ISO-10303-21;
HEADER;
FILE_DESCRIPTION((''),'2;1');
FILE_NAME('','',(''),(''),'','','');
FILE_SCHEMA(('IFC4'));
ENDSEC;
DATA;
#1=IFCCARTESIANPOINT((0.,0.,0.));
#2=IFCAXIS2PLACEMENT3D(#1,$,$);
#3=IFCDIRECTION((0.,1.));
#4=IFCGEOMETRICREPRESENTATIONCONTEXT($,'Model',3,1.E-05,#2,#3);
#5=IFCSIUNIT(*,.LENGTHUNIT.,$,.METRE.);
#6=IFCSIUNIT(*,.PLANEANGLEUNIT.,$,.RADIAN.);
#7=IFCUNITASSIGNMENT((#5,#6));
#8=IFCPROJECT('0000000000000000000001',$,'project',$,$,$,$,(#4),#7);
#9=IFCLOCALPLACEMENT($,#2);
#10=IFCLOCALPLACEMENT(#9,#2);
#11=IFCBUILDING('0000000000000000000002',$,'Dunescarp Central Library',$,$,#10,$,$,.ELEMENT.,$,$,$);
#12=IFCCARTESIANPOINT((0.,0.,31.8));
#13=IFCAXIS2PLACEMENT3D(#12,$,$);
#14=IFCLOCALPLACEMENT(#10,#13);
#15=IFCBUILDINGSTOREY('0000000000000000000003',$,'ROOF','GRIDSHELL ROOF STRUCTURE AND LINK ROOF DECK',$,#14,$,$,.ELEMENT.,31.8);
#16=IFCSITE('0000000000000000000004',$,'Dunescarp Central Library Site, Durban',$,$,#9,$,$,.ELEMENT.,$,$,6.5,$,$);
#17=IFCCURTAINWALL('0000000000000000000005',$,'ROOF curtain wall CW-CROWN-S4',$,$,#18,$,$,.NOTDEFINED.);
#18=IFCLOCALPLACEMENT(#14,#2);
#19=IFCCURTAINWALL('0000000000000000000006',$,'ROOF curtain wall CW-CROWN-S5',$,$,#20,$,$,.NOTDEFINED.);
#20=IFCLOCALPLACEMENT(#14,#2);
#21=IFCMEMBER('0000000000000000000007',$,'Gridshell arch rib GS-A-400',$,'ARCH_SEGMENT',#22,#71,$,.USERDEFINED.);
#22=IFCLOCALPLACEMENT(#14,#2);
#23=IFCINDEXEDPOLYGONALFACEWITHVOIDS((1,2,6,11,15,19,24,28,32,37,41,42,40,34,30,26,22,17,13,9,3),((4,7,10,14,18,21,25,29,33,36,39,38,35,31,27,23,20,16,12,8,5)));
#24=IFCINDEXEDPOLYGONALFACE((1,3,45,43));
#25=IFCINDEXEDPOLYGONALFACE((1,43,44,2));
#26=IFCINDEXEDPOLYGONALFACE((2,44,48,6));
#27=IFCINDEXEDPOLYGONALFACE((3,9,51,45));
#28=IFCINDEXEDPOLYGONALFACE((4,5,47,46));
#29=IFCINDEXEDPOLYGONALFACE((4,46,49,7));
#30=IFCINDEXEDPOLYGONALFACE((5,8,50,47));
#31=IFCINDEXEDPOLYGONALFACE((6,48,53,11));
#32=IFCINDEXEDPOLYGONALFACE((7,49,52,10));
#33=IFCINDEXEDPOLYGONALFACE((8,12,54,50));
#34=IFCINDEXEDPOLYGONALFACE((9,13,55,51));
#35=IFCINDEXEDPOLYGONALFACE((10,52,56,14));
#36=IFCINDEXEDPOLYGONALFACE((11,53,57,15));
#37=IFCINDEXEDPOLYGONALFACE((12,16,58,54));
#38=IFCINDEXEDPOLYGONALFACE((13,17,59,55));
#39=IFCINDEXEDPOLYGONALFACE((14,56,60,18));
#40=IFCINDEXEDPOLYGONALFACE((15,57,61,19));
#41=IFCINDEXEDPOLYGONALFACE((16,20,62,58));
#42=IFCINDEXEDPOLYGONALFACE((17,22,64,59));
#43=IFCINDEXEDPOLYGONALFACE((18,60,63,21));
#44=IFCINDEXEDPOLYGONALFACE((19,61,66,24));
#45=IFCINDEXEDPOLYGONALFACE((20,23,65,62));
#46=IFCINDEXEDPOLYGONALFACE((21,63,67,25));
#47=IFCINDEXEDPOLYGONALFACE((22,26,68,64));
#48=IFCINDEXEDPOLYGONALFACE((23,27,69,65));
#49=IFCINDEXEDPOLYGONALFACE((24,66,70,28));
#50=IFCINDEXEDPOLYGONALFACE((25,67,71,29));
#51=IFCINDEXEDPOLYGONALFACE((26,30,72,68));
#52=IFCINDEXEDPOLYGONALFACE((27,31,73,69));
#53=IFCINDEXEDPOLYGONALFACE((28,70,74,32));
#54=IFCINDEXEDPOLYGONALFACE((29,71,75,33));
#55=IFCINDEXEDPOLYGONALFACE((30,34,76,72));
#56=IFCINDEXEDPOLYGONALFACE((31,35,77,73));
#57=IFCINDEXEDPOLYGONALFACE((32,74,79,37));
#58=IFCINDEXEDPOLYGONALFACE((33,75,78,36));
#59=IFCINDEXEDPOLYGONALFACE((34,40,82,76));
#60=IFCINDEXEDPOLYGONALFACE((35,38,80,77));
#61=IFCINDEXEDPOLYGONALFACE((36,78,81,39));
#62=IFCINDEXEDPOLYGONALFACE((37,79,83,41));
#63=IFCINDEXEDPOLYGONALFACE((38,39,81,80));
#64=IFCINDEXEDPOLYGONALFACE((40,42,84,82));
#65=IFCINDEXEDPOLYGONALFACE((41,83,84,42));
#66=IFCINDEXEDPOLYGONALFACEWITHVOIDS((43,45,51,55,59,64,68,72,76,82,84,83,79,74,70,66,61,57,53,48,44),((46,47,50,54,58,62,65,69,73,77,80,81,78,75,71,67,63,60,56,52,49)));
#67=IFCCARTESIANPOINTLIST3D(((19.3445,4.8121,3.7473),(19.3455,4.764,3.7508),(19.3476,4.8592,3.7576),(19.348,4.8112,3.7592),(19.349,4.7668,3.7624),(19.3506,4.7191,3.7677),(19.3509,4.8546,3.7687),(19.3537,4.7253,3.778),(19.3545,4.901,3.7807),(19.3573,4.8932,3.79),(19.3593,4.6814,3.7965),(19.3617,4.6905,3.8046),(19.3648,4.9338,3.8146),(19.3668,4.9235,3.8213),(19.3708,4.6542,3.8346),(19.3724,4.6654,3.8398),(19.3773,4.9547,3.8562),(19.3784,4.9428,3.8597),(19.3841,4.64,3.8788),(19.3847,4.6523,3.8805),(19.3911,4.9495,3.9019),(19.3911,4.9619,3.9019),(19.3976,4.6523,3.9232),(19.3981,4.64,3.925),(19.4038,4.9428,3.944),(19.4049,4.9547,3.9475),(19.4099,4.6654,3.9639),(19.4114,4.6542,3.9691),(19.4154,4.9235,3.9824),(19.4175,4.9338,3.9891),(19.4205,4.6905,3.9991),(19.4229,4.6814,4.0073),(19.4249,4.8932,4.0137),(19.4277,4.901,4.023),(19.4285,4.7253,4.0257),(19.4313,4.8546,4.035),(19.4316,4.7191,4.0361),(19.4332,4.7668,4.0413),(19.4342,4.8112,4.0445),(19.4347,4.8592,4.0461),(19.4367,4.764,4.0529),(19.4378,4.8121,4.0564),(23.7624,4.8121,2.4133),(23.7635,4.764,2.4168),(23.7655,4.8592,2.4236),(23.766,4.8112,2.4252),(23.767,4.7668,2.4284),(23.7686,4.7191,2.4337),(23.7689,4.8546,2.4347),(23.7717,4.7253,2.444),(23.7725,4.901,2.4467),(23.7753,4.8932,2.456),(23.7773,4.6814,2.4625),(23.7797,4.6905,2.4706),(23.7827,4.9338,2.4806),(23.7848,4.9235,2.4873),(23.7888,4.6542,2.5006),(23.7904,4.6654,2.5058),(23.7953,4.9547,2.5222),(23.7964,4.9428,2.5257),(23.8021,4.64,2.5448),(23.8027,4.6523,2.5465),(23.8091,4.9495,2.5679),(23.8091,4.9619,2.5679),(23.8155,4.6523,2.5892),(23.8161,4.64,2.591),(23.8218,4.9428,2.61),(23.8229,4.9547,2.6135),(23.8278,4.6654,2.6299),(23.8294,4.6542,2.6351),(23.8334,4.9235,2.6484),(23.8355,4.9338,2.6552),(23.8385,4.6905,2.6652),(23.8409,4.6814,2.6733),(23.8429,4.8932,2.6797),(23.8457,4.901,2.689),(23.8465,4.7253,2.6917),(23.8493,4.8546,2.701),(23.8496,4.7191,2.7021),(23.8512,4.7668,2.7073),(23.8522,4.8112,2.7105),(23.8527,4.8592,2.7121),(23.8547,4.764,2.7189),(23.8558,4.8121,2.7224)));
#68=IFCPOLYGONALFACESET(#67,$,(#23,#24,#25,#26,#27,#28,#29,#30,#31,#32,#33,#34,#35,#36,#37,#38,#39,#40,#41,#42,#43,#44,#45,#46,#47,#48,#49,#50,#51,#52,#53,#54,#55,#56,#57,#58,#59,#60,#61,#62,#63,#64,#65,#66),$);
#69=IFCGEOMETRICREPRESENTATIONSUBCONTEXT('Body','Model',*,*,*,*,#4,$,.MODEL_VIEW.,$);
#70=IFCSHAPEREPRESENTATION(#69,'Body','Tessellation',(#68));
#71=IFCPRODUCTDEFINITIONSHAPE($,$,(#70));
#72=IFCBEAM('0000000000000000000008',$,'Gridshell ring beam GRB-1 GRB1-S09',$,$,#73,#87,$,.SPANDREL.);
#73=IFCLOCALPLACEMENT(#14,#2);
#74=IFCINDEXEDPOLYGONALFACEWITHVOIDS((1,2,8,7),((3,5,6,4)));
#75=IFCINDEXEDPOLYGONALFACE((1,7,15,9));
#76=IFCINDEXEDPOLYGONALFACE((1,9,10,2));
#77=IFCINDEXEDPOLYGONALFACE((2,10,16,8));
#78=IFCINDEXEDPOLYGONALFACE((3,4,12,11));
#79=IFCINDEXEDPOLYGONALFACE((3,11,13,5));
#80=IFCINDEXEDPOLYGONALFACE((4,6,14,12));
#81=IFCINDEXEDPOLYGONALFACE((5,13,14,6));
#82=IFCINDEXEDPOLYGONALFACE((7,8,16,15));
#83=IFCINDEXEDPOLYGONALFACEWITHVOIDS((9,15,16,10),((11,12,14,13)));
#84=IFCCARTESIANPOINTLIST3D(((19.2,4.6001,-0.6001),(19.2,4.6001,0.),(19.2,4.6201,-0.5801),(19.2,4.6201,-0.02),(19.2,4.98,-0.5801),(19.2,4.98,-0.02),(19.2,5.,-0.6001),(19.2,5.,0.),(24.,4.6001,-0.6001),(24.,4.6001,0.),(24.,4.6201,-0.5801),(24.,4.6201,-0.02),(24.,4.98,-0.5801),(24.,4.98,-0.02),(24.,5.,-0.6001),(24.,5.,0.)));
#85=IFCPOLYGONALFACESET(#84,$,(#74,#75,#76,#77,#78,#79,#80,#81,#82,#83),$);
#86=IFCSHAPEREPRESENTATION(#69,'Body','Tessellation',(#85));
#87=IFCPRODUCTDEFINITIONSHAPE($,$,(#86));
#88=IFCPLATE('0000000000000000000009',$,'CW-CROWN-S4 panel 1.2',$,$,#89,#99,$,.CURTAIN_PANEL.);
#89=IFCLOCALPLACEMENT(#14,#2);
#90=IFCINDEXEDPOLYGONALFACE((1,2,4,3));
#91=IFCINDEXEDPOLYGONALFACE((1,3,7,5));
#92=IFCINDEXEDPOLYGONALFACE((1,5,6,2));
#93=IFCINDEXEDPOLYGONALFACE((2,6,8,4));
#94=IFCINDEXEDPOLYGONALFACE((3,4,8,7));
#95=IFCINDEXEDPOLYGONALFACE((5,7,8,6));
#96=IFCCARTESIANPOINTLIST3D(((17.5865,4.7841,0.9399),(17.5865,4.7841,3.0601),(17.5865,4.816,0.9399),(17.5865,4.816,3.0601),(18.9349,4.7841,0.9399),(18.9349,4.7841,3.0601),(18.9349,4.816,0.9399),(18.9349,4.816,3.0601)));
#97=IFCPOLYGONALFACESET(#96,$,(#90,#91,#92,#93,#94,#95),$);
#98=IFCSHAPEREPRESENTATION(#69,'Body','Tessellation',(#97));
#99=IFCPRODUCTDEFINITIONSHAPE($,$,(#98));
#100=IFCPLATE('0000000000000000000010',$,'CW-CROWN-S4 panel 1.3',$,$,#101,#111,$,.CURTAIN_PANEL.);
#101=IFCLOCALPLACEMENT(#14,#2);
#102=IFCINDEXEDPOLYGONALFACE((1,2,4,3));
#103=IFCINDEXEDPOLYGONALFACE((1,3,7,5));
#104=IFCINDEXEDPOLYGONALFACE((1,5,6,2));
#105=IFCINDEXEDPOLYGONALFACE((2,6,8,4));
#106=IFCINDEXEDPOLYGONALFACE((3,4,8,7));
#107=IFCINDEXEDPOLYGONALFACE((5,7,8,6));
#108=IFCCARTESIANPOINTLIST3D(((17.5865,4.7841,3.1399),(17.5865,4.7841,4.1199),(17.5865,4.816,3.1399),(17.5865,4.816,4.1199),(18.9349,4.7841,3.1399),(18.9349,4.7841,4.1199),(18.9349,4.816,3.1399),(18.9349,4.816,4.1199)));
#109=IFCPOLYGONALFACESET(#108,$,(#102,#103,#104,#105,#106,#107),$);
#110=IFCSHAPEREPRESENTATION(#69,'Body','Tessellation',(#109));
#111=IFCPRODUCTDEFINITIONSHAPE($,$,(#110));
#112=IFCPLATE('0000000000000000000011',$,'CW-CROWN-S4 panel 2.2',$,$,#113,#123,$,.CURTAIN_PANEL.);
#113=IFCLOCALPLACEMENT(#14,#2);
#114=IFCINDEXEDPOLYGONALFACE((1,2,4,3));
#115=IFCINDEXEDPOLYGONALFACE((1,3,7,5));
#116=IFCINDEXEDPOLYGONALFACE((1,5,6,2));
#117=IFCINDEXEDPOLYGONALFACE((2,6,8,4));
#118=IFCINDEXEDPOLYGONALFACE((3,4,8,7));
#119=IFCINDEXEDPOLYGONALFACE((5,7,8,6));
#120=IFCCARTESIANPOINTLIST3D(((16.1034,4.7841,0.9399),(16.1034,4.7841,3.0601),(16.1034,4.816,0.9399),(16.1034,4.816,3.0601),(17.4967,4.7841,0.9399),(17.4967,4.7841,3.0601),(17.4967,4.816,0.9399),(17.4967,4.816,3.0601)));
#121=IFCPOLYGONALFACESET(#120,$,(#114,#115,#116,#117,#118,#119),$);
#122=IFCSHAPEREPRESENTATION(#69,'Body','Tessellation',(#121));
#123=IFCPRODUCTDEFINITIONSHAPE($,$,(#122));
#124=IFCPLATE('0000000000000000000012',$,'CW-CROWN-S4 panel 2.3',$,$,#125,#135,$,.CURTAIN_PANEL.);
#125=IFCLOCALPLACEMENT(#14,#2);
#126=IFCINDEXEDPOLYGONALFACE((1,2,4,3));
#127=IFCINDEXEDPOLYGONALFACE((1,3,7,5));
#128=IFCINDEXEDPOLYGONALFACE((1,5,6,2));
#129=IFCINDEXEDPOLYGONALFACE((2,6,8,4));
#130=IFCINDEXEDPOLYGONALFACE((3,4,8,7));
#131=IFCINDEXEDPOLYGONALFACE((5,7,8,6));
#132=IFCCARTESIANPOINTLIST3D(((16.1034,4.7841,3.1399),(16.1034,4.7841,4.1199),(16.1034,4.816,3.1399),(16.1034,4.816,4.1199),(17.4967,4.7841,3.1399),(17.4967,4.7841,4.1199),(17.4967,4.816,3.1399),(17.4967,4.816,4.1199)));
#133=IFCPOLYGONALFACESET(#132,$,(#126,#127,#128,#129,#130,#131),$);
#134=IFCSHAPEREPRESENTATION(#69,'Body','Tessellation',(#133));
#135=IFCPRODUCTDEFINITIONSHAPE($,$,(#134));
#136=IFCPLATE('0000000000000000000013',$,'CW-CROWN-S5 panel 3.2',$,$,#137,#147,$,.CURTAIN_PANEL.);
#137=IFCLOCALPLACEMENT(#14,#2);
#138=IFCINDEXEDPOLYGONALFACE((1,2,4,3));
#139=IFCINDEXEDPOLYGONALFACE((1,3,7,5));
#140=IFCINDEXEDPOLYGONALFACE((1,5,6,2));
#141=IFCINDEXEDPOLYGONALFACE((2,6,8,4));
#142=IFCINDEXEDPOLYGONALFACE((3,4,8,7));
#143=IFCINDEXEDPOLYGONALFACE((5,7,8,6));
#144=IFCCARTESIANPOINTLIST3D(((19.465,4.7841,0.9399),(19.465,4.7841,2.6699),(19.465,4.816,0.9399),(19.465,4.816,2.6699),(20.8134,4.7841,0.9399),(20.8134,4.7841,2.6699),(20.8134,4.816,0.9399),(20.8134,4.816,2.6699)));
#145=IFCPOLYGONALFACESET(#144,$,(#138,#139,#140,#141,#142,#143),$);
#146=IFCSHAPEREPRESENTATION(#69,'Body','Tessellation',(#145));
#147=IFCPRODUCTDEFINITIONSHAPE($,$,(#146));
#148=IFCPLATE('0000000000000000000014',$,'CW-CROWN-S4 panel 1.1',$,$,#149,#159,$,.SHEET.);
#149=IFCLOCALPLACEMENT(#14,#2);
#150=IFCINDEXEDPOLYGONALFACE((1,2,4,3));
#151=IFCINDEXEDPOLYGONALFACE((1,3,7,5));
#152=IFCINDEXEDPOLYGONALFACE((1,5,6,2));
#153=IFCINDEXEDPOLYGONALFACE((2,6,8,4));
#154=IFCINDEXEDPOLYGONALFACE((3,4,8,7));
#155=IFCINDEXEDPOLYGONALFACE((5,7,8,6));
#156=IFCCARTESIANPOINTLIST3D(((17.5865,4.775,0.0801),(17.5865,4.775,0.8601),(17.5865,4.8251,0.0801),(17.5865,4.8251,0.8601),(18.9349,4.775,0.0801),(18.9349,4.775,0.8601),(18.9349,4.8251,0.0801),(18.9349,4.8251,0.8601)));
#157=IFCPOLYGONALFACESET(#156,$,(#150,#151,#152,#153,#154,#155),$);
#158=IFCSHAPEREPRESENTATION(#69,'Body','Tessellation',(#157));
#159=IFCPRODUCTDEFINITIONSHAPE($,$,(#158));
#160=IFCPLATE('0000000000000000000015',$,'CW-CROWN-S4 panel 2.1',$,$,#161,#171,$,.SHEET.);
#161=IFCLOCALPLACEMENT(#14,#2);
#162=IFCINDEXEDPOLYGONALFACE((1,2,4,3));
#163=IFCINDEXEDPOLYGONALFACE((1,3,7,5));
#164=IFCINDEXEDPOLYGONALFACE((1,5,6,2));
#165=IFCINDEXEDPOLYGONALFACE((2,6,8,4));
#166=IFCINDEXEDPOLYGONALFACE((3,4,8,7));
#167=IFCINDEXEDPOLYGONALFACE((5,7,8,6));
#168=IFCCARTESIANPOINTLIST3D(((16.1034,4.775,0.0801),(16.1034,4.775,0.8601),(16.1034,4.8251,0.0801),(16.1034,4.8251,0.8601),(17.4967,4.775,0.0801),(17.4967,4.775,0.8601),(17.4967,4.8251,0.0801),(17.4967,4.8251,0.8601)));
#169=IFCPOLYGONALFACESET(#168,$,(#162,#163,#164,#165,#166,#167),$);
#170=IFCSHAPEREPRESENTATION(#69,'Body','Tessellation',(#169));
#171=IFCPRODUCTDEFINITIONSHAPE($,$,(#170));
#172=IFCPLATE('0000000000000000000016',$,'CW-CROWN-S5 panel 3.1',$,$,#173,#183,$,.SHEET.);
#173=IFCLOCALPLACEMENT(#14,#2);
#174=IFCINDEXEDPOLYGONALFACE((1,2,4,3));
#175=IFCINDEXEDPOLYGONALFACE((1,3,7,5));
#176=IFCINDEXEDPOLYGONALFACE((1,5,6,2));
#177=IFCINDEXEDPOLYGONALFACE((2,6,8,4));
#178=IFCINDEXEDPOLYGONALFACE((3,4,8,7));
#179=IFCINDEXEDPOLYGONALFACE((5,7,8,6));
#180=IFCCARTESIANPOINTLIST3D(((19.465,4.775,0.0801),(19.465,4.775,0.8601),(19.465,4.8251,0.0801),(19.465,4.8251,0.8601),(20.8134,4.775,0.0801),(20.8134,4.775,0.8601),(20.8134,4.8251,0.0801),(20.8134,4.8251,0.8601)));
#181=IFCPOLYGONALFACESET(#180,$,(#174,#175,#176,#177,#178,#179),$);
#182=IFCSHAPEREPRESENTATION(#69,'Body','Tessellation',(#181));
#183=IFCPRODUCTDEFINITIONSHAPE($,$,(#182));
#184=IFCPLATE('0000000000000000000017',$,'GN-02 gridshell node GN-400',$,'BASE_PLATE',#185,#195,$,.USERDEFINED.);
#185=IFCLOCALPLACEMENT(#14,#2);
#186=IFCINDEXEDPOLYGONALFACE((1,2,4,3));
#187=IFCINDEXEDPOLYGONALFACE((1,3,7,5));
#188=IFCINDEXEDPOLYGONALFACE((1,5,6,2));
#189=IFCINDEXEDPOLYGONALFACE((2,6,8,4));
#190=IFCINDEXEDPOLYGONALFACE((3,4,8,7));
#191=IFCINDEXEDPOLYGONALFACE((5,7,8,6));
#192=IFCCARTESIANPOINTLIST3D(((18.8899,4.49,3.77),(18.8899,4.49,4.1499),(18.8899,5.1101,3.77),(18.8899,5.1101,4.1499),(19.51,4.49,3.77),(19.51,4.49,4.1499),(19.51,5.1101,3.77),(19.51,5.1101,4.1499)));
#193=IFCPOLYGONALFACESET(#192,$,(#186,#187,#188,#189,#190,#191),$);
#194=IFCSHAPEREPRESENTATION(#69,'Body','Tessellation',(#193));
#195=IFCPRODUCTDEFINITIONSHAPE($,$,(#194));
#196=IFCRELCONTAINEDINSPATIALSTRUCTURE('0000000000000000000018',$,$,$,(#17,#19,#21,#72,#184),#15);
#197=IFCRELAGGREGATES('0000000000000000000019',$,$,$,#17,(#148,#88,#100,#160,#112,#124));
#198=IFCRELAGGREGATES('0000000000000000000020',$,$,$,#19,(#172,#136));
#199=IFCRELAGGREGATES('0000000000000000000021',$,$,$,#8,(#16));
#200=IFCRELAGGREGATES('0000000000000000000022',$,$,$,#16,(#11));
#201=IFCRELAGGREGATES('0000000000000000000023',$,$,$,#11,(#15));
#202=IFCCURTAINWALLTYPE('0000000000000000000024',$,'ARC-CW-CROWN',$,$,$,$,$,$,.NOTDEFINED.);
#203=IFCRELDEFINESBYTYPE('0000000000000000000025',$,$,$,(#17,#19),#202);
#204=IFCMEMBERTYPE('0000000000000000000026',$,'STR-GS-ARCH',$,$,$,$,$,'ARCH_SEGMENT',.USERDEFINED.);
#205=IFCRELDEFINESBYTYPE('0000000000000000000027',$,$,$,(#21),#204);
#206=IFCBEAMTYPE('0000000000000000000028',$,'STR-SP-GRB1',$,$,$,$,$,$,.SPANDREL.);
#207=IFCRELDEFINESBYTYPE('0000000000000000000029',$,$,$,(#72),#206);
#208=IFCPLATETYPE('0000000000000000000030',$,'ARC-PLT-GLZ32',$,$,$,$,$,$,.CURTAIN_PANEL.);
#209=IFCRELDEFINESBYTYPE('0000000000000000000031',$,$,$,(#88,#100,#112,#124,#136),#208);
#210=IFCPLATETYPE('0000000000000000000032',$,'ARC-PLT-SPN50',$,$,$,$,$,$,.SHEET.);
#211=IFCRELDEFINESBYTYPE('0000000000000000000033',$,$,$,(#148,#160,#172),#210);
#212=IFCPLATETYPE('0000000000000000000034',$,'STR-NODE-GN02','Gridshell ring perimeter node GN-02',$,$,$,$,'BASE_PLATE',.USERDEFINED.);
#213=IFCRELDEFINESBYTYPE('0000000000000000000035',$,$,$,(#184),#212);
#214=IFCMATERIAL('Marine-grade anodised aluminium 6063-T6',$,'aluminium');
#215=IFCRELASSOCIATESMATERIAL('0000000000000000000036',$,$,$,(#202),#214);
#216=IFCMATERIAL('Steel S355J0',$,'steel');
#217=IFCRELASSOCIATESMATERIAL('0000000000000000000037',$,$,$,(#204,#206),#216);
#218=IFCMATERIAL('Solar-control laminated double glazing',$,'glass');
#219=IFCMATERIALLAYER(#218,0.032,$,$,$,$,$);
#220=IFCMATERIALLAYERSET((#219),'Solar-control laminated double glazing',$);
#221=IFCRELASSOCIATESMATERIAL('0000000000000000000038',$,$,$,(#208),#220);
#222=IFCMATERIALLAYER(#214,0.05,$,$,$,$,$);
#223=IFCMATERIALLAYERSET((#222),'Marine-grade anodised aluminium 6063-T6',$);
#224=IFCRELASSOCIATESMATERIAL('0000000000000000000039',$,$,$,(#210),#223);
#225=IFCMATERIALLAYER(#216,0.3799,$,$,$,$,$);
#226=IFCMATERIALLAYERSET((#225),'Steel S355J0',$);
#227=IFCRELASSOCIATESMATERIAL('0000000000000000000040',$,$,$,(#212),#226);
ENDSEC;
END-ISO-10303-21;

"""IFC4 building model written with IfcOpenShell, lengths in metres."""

from ifc_helpers import new_model, si_unit, direction, frame, origin, origin_2d, place, context, subcontext, project, spatial, rectangle, hollow_rectangle, hollow_circle, extrude, material, layer, layer_set, material_profile, profile_set, type_object, element, aggregate, save


model = new_model("IFC4")

# Units and contexts
model_context = context("Model", 3, precision=1e-05, world=origin(), true_north=direction((0.0, 1.0)))
body_context = subcontext(model_context, "Body", "Model", "MODEL_VIEW")
ifc_project = project(units=[si_unit("LENGTHUNIT", "METRE"), si_unit("PLANEANGLEUNIT", "RADIAN")], contexts=[model_context])

# Site, building, storey
site_placement = place(None, origin())
site = spatial("IfcSite", under=ifc_project, at=site_placement, Name="Dunescarp Central Library Site, Durban", CompositionType="ELEMENT", RefElevation=6.5)
building_placement = place(site_placement, origin())
building = spatial("IfcBuilding", under=site, at=building_placement, Name="Dunescarp Central Library", CompositionType="ELEMENT")
storey_placement = place(building_placement, frame((0.0, 0.0, 31.8)))
storey = spatial("IfcBuildingStorey", under=building, at=storey_placement, Name="ROOF", Description="GRIDSHELL ROOF STRUCTURE AND LINK ROOF DECK", CompositionType="ELEMENT", Elevation=31.8)

# Curtain wall
ifc_material_1 = material(Name="Marine-grade anodised aluminium 6063-T6", Category="aluminium")
curtain_wall_type = type_object("IfcCurtainWallType", Name="ARC-CW-CROWN", PredefinedType="NOTDEFINED", material=ifc_material_1)
curtain_wall_1_placement = place(storey_placement, origin())
curtain_wall_1 = element("IfcCurtainWall", 1, at=curtain_wall_1_placement, inside=storey, type_object=curtain_wall_type, Name="ROOF curtain wall CW-CROWN-S4", PredefinedType="NOTDEFINED")

# Curtain wall
curtain_wall_2_placement = place(storey_placement, origin())
curtain_wall_2 = element("IfcCurtainWall", 2, at=curtain_wall_2_placement, inside=storey, type_object=curtain_wall_type, Name="ROOF curtain wall CW-CROWN-S5", PredefinedType="NOTDEFINED")

# Member
ifc_material_2 = material(Name="Steel S355J0", Category="steel")
ifc_material_profile_1 = material_profile(ifc_material_2, hollow_circle(Radius=0.1619, WallThickness=0.0125, at=origin_2d()), Name="CHS 323.9x12.5")
ifc_profile_set_1 = profile_set([ifc_material_profile_1], Name="Steel S355J0")
member_type_1 = type_object("IfcMemberType", Name="STR-GS-ARCH", ElementType="ARCH_SEGMENT", PredefinedType="USERDEFINED", material=ifc_profile_set_1)
member_1_placement = place(storey_placement, frame((19.3911, 4.8, 3.9019), z_axis=(0.957312, 0.0, -0.289056), x_axis=(0.0, 1.0, 0.0)))
element("IfcMember", 3, at=member_1_placement, inside=storey, type_object=member_type_1, Name="Gridshell arch rib GS-A-400", ObjectType="ARCH_SEGMENT", PredefinedType="USERDEFINED", context=body_context, shape_type="SweptSolid", body=[
    extrude(hollow_circle(Radius=0.1619, WallThickness=0.0125, at=origin_2d()), origin(), (0.0, 0.0, 1.0), 4.615),
])

# Beam
ifc_material_profile_2 = material_profile(ifc_material_2, hollow_rectangle(XDim=0.3999, YDim=0.6001, WallThickness=0.02, at=origin_2d()), Name="RHS 600x400x20")
ifc_profile_set_2 = profile_set([ifc_material_profile_2], Name="Steel S355J0")
beam_type = type_object("IfcBeamType", Name="STR-SP-GRB1", PredefinedType="SPANDREL", material=ifc_profile_set_2)
beam_placement = place(storey_placement, frame((19.2, 4.8, -0.3), z_axis=(1.0, 0.0, 0.0), x_axis=(0.0, 1.0, 0.0)))
element("IfcBeam", 4, at=beam_placement, inside=storey, type_object=beam_type, Name="Gridshell ring beam GRB-1 GRB1-S09", PredefinedType="SPANDREL", context=body_context, shape_type="SweptSolid", body=[
    extrude(hollow_rectangle(XDim=0.3999, YDim=0.6001, WallThickness=0.02, at=origin_2d()), origin(), (0.0, 0.0, 1.0), 4.8),
])

# Plates
ifc_material_3 = material(Name="Solar-control laminated double glazing", Category="glass")
ifc_layer_1 = layer(ifc_material_3, 0.032)
ifc_layer_set_1 = layer_set([ifc_layer_1], Name="Solar-control laminated double glazing")
plate_type_1 = type_object("IfcPlateType", Name="ARC-PLT-GLZ32", PredefinedType="CURTAIN_PANEL", material=ifc_layer_set_1)
plate_1_placement = place(storey_placement, frame((18.2607, 4.8, 0.9399), z_axis=(0.0, 0.0, 1.0), x_axis=(-1.0, 0.0, 0.0)))
plate_1 = element("IfcPlate", 5, at=plate_1_placement, type_object=plate_type_1, Name="CW-CROWN-S4 panel 1.2", PredefinedType="CURTAIN_PANEL", context=body_context, shape_type="SweptSolid", body=[
    extrude(rectangle(XDim=1.3484, YDim=0.032, at=origin_2d()), origin(), (0.0, 0.0, 1.0), 2.1201),
])
plate_2_placement = place(storey_placement, frame((18.2607, 4.8, 3.1399), z_axis=(0.0, 0.0, 1.0), x_axis=(-1.0, 0.0, 0.0)))
plate_2 = element("IfcPlate", 6, at=plate_2_placement, type_object=plate_type_1, Name="CW-CROWN-S4 panel 1.3", PredefinedType="CURTAIN_PANEL", context=body_context, shape_type="SweptSolid", body=[
    extrude(rectangle(XDim=1.3484, YDim=0.032, at=origin_2d()), origin(), (0.0, 0.0, 1.0), 0.98),
])
plate_3_placement = place(storey_placement, frame((16.8, 4.8, 0.9399), z_axis=(0.0, 0.0, 1.0), x_axis=(-1.0, 0.0, 0.0)))
plate_3 = element("IfcPlate", 7, at=plate_3_placement, type_object=plate_type_1, Name="CW-CROWN-S4 panel 2.2", PredefinedType="CURTAIN_PANEL", context=body_context, shape_type="SweptSolid", body=[
    extrude(rectangle(XDim=1.3933, YDim=0.032, at=origin_2d()), origin(), (0.0, 0.0, 1.0), 2.1201),
])
plate_4_placement = place(storey_placement, frame((16.8, 4.8, 3.1399), z_axis=(0.0, 0.0, 1.0), x_axis=(-1.0, 0.0, 0.0)))
plate_4 = element("IfcPlate", 8, at=plate_4_placement, type_object=plate_type_1, Name="CW-CROWN-S4 panel 2.3", PredefinedType="CURTAIN_PANEL", context=body_context, shape_type="SweptSolid", body=[
    extrude(rectangle(XDim=1.3933, YDim=0.032, at=origin_2d()), origin(), (0.0, 0.0, 1.0), 0.98),
])
plate_5_placement = place(storey_placement, frame((20.1392, 4.8, 0.9399), z_axis=(0.0, 0.0, 1.0), x_axis=(-1.0, 0.0, 0.0)))
plate_5 = element("IfcPlate", 9, at=plate_5_placement, type_object=plate_type_1, Name="CW-CROWN-S5 panel 3.2", PredefinedType="CURTAIN_PANEL", context=body_context, shape_type="SweptSolid", body=[
    extrude(rectangle(XDim=1.3484, YDim=0.032, at=origin_2d()), origin(), (0.0, 0.0, 1.0), 1.73),
])
ifc_layer_2 = layer(ifc_material_1, 0.05)
ifc_layer_set_2 = layer_set([ifc_layer_2], Name="Marine-grade anodised aluminium 6063-T6")
plate_type_2 = type_object("IfcPlateType", Name="ARC-PLT-SPN50", PredefinedType="SHEET", material=ifc_layer_set_2)
plate_6_placement = place(storey_placement, frame((18.2607, 4.8, 0.0801), z_axis=(0.0, 0.0, 1.0), x_axis=(-1.0, 0.0, 0.0)))
plate_6 = element("IfcPlate", 10, at=plate_6_placement, type_object=plate_type_2, Name="CW-CROWN-S4 panel 1.1", PredefinedType="SHEET", context=body_context, shape_type="SweptSolid", body=[
    extrude(rectangle(XDim=1.3484, YDim=0.05, at=origin_2d()), origin(), (0.0, 0.0, 1.0), 0.78),
])
plate_7_placement = place(storey_placement, frame((16.8, 4.8, 0.0801), z_axis=(0.0, 0.0, 1.0), x_axis=(-1.0, 0.0, 0.0)))
plate_7 = element("IfcPlate", 11, at=plate_7_placement, type_object=plate_type_2, Name="CW-CROWN-S4 panel 2.1", PredefinedType="SHEET", context=body_context, shape_type="SweptSolid", body=[
    extrude(rectangle(XDim=1.3933, YDim=0.05, at=origin_2d()), origin(), (0.0, 0.0, 1.0), 0.78),
])
aggregate(curtain_wall_1, [plate_6, plate_1, plate_2, plate_7, plate_3, plate_4])
plate_8_placement = place(storey_placement, frame((20.1392, 4.8, 0.0801), z_axis=(0.0, 0.0, 1.0), x_axis=(-1.0, 0.0, 0.0)))
plate_8 = element("IfcPlate", 12, at=plate_8_placement, type_object=plate_type_2, Name="CW-CROWN-S5 panel 3.1", PredefinedType="SHEET", context=body_context, shape_type="SweptSolid", body=[
    extrude(rectangle(XDim=1.3484, YDim=0.05, at=origin_2d()), origin(), (0.0, 0.0, 1.0), 0.78),
])
aggregate(curtain_wall_2, [plate_8, plate_5])
ifc_layer_3 = layer(ifc_material_2, 0.3799)
ifc_layer_set_3 = layer_set([ifc_layer_3], Name="Steel S355J0")
plate_type_3 = type_object("IfcPlateType", Name="STR-NODE-GN02", Description="Gridshell ring perimeter node GN-02", ElementType="BASE_PLATE", PredefinedType="USERDEFINED", material=ifc_layer_set_3)
plate_9_placement = place(storey_placement, frame((19.2, 4.8, 3.77), z_axis=(0.0, 0.0, 1.0), x_axis=(1.0, 0.0, 0.0)))
element("IfcPlate", 13, at=plate_9_placement, inside=storey, type_object=plate_type_3, Name="GN-02 gridshell node GN-400", ObjectType="BASE_PLATE", PredefinedType="USERDEFINED", context=body_context, shape_type="SweptSolid", body=[
    extrude(rectangle(XDim=0.6201, YDim=0.6201, at=origin_2d()), origin(), (0.0, 0.0, 1.0), 0.3799),
])

save(model, "model.ifc")
